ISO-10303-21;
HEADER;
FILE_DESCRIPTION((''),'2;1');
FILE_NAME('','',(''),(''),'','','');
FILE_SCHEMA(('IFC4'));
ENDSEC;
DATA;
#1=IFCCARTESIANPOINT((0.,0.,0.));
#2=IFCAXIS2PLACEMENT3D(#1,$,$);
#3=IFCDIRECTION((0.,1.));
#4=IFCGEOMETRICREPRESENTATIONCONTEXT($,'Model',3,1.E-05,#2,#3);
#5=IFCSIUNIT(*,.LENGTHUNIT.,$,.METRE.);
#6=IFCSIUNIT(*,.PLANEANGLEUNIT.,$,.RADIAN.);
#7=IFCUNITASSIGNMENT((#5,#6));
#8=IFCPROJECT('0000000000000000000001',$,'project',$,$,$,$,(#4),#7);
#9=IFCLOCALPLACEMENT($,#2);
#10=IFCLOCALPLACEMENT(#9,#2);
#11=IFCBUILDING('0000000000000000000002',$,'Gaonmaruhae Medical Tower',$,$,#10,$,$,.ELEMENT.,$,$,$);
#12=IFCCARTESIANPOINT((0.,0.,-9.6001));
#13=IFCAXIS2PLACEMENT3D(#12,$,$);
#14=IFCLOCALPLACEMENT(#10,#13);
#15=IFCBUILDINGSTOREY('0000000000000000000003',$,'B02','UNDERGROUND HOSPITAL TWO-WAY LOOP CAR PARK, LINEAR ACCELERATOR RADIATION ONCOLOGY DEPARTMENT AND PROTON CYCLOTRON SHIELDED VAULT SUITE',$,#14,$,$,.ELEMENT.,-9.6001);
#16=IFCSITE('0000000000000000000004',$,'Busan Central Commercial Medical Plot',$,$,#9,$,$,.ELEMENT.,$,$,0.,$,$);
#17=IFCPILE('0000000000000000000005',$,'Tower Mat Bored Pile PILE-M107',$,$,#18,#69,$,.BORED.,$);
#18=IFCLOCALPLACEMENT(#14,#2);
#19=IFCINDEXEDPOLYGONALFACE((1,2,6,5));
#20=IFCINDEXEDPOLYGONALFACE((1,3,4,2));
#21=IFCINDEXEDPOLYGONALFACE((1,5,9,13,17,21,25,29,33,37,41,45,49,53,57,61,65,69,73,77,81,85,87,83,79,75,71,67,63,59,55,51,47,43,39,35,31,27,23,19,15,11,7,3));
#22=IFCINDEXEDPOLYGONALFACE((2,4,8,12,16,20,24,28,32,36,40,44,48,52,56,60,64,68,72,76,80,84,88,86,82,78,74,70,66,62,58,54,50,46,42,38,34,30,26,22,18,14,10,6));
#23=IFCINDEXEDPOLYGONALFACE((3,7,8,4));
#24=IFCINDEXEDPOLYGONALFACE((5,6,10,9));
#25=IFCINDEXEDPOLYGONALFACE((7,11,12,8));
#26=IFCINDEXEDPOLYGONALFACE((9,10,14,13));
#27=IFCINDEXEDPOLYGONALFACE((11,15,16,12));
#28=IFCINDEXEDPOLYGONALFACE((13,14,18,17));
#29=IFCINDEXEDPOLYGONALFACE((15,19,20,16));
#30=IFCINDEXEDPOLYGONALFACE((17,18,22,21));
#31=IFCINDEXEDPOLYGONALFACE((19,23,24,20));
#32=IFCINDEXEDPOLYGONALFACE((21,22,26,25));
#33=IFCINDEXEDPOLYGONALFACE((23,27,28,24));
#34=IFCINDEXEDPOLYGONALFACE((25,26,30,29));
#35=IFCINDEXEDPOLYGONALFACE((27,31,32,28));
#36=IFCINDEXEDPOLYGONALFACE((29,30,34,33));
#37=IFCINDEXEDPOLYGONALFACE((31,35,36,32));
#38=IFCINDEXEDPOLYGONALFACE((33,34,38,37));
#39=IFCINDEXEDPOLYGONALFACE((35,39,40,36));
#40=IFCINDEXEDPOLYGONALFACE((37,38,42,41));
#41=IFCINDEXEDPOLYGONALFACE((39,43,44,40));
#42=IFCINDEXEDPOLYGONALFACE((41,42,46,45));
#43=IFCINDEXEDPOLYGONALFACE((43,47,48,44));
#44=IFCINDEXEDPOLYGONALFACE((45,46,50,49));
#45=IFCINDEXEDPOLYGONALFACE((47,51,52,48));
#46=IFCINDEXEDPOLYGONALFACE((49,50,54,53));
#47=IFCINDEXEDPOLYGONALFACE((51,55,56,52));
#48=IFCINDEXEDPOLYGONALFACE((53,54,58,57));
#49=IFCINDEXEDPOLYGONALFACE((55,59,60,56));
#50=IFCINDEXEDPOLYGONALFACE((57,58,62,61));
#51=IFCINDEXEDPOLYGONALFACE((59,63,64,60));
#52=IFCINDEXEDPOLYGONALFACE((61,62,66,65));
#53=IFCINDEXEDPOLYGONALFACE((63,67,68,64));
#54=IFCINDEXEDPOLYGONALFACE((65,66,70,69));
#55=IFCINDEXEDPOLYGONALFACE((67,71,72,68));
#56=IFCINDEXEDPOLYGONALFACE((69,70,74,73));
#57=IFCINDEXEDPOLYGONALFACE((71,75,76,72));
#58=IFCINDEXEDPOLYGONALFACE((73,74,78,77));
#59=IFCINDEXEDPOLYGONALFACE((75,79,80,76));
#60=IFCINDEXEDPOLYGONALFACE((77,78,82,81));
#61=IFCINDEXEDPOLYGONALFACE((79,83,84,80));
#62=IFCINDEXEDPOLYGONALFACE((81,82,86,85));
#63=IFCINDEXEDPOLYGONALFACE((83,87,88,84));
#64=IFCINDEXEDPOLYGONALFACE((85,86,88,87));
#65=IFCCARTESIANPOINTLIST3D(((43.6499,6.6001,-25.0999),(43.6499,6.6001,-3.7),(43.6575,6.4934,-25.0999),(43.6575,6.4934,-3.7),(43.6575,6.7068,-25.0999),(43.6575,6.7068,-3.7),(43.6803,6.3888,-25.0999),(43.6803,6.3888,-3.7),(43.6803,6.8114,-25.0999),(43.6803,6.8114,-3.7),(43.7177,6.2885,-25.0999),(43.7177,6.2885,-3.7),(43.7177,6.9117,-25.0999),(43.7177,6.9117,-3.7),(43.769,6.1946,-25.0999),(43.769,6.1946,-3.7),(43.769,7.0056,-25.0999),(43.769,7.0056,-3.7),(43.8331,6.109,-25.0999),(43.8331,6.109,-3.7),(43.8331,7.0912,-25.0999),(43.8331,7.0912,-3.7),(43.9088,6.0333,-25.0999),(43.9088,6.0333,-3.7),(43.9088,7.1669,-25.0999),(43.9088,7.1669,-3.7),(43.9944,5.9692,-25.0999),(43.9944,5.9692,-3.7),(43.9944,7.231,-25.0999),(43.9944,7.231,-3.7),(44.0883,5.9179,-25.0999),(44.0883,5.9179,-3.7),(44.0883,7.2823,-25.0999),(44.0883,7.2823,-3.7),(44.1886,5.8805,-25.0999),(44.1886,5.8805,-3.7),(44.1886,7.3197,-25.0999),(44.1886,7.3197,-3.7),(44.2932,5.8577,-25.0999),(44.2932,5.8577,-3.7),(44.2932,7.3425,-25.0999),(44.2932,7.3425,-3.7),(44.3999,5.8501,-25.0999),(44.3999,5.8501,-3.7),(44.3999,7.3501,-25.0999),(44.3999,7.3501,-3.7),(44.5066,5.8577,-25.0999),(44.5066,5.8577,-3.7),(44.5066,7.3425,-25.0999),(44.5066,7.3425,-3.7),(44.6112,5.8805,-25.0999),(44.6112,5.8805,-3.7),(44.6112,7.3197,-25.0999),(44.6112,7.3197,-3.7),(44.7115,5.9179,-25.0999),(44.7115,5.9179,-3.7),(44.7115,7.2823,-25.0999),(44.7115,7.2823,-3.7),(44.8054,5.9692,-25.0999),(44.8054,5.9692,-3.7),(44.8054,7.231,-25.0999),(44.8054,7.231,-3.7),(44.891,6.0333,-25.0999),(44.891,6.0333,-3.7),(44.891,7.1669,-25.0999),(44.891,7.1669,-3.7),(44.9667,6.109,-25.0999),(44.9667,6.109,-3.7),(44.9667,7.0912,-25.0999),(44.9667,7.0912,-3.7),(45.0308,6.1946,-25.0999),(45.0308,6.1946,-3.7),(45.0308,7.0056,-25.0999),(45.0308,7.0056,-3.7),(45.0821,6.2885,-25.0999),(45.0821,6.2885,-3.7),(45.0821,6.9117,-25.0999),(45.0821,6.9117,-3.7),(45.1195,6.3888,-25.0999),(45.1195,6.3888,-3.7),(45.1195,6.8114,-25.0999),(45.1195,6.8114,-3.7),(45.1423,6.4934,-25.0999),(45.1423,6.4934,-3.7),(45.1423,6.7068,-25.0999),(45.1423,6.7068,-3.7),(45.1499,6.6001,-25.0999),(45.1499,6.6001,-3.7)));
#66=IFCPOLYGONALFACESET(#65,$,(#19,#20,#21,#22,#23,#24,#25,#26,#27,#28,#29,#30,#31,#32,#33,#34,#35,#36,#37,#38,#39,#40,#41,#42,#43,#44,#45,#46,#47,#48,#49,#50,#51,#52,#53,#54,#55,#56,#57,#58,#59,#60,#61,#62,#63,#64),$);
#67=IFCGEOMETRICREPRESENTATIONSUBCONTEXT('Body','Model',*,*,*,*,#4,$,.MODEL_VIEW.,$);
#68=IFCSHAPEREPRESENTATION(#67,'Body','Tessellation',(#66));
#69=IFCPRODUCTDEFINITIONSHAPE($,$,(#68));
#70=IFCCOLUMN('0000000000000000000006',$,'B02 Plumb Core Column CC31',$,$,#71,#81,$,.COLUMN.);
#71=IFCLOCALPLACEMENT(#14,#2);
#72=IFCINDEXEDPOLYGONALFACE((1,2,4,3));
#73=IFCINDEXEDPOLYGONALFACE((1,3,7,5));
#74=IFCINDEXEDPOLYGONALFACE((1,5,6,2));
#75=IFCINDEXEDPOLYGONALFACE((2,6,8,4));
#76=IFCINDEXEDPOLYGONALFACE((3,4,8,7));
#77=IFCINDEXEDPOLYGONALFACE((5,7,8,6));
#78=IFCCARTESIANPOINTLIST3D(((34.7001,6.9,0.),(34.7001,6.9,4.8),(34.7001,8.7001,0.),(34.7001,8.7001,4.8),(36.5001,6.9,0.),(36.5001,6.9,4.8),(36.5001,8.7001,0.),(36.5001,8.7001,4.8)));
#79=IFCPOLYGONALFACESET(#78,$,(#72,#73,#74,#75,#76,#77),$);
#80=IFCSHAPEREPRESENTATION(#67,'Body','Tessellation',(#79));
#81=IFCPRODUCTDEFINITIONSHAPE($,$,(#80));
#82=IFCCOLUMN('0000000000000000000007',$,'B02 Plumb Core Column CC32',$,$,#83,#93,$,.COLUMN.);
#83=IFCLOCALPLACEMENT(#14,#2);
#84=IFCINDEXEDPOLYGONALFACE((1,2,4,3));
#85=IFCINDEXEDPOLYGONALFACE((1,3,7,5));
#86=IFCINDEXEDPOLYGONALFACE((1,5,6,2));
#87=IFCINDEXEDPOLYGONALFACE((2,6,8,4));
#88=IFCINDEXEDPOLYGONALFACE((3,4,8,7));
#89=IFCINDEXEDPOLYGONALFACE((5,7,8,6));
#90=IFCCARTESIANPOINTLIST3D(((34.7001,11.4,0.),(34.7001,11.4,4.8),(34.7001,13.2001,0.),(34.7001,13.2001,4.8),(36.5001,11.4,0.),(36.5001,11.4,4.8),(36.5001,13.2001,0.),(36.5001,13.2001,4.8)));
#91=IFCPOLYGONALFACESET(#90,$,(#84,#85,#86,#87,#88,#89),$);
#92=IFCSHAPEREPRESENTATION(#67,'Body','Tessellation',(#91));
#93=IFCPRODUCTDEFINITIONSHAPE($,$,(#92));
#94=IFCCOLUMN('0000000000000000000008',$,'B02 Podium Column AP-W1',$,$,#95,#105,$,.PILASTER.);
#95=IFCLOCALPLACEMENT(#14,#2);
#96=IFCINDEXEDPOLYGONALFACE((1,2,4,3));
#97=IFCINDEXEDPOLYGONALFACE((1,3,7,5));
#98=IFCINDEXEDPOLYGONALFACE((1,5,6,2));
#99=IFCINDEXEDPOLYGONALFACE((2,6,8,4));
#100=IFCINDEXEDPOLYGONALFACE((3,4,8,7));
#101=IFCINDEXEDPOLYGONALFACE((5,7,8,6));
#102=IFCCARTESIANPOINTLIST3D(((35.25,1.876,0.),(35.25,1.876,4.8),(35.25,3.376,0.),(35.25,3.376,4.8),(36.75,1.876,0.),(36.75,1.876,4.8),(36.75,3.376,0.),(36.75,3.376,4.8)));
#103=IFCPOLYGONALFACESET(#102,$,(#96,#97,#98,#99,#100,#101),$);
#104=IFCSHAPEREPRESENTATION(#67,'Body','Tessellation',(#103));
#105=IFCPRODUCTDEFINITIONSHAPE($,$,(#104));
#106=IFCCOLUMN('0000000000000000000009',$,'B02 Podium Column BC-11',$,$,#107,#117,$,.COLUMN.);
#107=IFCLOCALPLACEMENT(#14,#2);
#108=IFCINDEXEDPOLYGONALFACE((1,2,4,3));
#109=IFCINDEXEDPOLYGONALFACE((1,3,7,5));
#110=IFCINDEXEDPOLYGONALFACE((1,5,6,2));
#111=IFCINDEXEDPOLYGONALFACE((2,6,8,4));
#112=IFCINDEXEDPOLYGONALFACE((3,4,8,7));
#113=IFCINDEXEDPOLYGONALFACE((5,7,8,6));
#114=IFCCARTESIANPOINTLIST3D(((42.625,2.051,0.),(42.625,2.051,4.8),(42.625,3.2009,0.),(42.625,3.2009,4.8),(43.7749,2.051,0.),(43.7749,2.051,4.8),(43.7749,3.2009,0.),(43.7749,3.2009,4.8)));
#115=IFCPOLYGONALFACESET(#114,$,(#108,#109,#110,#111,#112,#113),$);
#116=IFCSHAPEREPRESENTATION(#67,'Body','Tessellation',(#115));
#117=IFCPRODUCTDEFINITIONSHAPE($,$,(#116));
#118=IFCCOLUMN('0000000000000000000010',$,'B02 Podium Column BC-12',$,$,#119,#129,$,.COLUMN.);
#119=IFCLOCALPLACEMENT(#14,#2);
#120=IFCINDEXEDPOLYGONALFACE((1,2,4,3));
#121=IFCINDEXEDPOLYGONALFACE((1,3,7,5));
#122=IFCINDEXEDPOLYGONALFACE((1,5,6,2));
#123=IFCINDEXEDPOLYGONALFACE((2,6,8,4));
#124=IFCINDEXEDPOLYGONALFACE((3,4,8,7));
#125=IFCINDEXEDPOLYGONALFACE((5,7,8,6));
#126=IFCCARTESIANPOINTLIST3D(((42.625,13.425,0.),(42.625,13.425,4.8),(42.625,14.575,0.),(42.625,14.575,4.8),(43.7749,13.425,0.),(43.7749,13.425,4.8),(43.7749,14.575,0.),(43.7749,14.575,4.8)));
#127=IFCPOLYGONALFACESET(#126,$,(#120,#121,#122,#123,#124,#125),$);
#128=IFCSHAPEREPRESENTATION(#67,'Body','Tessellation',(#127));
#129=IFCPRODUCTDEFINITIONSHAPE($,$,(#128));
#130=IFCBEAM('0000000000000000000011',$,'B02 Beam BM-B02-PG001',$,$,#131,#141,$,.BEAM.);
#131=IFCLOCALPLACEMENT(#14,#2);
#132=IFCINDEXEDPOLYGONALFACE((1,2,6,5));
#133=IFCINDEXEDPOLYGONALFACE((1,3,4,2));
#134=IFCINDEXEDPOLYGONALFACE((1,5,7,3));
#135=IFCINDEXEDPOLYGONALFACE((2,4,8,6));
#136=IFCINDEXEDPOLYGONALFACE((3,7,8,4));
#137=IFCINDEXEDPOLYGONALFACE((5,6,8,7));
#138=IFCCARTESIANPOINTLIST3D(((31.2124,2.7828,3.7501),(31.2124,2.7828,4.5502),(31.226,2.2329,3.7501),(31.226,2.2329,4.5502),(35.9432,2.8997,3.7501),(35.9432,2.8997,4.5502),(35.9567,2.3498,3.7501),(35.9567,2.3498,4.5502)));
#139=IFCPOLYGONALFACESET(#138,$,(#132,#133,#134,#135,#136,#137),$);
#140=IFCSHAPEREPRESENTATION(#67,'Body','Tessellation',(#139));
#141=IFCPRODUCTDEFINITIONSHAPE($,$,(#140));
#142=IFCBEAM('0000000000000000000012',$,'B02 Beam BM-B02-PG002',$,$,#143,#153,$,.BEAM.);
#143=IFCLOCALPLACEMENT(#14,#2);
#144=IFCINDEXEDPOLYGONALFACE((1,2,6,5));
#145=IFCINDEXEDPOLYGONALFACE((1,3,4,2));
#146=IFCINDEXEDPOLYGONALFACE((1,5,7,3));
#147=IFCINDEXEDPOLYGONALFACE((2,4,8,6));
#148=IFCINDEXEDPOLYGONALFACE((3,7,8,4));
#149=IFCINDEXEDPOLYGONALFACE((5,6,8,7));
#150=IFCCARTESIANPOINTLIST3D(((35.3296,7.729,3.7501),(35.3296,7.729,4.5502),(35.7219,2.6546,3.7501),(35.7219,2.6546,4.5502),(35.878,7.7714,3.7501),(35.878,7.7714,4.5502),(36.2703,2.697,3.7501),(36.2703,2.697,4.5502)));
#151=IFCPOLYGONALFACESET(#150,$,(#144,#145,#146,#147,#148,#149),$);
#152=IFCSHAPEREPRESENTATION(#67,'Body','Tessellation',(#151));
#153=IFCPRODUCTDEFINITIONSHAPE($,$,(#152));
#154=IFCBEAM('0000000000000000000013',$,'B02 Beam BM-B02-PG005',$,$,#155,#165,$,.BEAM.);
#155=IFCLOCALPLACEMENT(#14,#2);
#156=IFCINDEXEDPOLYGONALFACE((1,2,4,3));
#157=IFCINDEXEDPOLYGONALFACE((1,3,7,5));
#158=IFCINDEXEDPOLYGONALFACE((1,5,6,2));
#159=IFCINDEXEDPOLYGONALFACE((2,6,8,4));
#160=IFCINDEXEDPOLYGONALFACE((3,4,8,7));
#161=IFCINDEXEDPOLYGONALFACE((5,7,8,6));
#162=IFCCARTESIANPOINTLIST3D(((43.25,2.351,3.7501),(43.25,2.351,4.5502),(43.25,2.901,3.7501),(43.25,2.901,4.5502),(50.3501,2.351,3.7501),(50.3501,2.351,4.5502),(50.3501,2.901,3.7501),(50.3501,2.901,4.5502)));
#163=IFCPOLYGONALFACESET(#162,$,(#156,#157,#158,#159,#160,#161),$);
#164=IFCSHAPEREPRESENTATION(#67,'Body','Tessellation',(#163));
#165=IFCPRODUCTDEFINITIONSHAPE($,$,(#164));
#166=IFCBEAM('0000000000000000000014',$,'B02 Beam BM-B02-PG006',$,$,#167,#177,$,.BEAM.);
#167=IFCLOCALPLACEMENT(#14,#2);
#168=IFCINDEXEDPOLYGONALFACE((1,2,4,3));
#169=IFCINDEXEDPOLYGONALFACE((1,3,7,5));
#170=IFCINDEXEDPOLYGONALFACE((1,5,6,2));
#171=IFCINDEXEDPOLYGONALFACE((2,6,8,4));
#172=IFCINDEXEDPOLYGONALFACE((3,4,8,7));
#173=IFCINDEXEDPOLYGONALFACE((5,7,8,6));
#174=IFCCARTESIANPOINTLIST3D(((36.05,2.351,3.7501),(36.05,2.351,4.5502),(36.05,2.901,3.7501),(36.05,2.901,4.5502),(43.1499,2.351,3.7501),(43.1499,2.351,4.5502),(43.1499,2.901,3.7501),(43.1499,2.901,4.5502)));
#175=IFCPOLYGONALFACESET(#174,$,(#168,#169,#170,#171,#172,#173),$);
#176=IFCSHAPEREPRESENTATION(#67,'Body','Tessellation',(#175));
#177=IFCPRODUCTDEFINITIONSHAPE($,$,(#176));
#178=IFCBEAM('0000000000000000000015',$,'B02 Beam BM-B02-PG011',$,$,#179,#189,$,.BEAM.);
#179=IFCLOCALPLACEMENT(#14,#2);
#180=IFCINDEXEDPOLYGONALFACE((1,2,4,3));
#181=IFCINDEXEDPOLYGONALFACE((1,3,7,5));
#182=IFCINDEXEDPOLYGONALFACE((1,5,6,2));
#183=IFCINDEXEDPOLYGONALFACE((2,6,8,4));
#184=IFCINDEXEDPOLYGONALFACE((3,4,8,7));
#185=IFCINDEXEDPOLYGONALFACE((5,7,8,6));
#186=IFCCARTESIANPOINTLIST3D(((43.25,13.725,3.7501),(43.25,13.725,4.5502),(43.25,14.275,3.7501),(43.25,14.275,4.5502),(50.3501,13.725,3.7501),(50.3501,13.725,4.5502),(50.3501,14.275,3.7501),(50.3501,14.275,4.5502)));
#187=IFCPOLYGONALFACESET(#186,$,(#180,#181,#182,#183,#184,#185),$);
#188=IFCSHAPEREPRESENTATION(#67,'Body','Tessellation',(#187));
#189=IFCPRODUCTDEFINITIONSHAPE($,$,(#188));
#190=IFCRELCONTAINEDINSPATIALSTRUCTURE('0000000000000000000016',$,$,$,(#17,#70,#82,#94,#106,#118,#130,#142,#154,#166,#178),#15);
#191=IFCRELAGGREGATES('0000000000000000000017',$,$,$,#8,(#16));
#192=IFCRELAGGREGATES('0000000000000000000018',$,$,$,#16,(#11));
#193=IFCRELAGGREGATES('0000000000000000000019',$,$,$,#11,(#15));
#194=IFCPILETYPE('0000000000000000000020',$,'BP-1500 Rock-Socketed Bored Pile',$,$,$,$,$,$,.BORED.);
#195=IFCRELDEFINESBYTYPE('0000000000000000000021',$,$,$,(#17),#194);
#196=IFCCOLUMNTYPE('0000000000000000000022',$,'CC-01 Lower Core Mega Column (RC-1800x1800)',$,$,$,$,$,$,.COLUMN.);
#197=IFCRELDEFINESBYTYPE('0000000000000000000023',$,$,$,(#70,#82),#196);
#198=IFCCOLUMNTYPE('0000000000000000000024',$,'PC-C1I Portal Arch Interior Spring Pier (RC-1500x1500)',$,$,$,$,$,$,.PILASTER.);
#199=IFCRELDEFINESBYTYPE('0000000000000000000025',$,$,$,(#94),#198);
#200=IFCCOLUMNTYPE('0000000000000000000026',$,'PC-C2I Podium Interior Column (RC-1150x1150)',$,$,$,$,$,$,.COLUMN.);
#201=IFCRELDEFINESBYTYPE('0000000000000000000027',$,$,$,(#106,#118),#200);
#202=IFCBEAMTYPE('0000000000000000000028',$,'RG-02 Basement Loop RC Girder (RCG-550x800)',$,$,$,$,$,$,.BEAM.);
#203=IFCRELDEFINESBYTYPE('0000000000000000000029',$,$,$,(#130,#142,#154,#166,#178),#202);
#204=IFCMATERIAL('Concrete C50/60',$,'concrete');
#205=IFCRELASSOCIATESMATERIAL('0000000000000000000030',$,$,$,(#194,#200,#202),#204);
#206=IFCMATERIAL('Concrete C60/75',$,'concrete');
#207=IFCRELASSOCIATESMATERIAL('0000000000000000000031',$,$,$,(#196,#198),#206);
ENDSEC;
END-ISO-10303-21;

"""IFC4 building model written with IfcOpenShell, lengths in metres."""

from ifc_helpers import new_model, si_unit, direction, frame, origin, origin_2d, place, context, subcontext, project, spatial, rectangle, circle, extrude, material, material_profile, profile_set, type_object, element, save


model = new_model("IFC4")

# Units and contexts
model_context = context("Model", 3, precision=1e-05, world=origin(), true_north=direction((0.0, 1.0)))
body_context = subcontext(model_context, "Body", "Model", "MODEL_VIEW")
ifc_project = project(units=[si_unit("LENGTHUNIT", "METRE"), si_unit("PLANEANGLEUNIT", "RADIAN")], contexts=[model_context])

# Site, building, storey
site_placement = place(None, origin())
site = spatial("IfcSite", under=ifc_project, at=site_placement, Name="Busan Central Commercial Medical Plot", CompositionType="ELEMENT", RefElevation=0.0)
building_placement = place(site_placement, origin())
building = spatial("IfcBuilding", under=site, at=building_placement, Name="Gaonmaruhae Medical Tower", CompositionType="ELEMENT")
storey_placement = place(building_placement, frame((0.0, 0.0, -9.6001)))
storey = spatial("IfcBuildingStorey", under=building, at=storey_placement, Name="B02", Description="UNDERGROUND HOSPITAL TWO-WAY LOOP CAR PARK, LINEAR ACCELERATOR RADIATION ONCOLOGY DEPARTMENT AND PROTON CYCLOTRON SHIELDED VAULT SUITE", CompositionType="ELEMENT", Elevation=-9.6001)

# Pile
ifc_material_1 = material(Name="Concrete C50/60", Category="concrete")
ifc_material_profile_1 = material_profile(ifc_material_1, circle(Radius=0.75, at=origin_2d()), Name="PILE-D1500")
ifc_profile_set_1 = profile_set([ifc_material_profile_1], Name="Concrete C50/60")
pile_type = type_object("IfcPileType", Name="BP-1500 Rock-Socketed Bored Pile", PredefinedType="BORED", material=ifc_profile_set_1)
for number, where, z_axis, x_axis, name in (
    (1, (44.3999, 6.6001, -3.7), (0.0, 0.0, -1.0), (1.0, 0.0, 0.0), "Tower Mat Bored Pile PILE-M107"),
):
    element("IfcPile", number, at=place(storey_placement, frame(where, z_axis=z_axis, x_axis=x_axis)), inside=storey, type_object=pile_type, Name=name, PredefinedType="BORED", context=body_context, shape_type="SweptSolid", body=[
        extrude(circle(Radius=0.75, at=origin_2d()), origin(), (0.0, 0.0, 1.0), 21.3999),
    ])

# Columns
ifc_material_2 = material(Name="Concrete C60/75", Category="concrete")
ifc_material_profile_2 = material_profile(ifc_material_2, rectangle(XDim=1.8, YDim=1.8, at=origin_2d()), Name="RC-1800x1800")
ifc_profile_set_2 = profile_set([ifc_material_profile_2], Name="Concrete C60/75")
column_type_1 = type_object("IfcColumnType", Name="CC-01 Lower Core Mega Column (RC-1800x1800)", PredefinedType="COLUMN", material=ifc_profile_set_2)
for number, where, z_axis, x_axis, name in (
    (2, (35.6001, 7.8, 0.0), (0.0, 0.0, 1.0), (1.0, 0.0, 0.0), "B02 Plumb Core Column CC31"),
    (3, (35.6001, 12.3, 0.0), (0.0, 0.0, 1.0), (1.0, 0.0, 0.0), "B02 Plumb Core Column CC32"),
):
    element("IfcColumn", number, at=place(storey_placement, frame(where, z_axis=z_axis, x_axis=x_axis)), inside=storey, type_object=column_type_1, Name=name, PredefinedType="COLUMN", context=body_context, shape_type="SweptSolid", body=[
        extrude(rectangle(XDim=1.8, YDim=1.8, at=origin_2d()), origin(), (0.0, 0.0, 1.0), 4.8),
    ])
ifc_material_profile_3 = material_profile(ifc_material_2, rectangle(XDim=1.5, YDim=1.5, at=origin_2d()), Name="RC-1500x1500")
ifc_profile_set_3 = profile_set([ifc_material_profile_3], Name="Concrete C60/75")
column_type_2 = type_object("IfcColumnType", Name="PC-C1I Portal Arch Interior Spring Pier (RC-1500x1500)", PredefinedType="PILASTER", material=ifc_profile_set_3)
column_placement = place(storey_placement, frame((36.0, 2.626, 0.0), z_axis=(0.0, 0.0, 1.0), x_axis=(1.0, 0.0, 0.0)))
element("IfcColumn", 4, at=column_placement, inside=storey, type_object=column_type_2, Name="B02 Podium Column AP-W1", PredefinedType="PILASTER", context=body_context, shape_type="SweptSolid", body=[
    extrude(rectangle(XDim=1.5, YDim=1.5, at=origin_2d()), origin(), (0.0, 0.0, 1.0), 4.8),
])
ifc_material_profile_4 = material_profile(ifc_material_1, rectangle(XDim=1.1499, YDim=1.1499, at=origin_2d()), Name="RC-1150x1150")
ifc_profile_set_4 = profile_set([ifc_material_profile_4], Name="Concrete C50/60")
column_type_3 = type_object("IfcColumnType", Name="PC-C2I Podium Interior Column (RC-1150x1150)", PredefinedType="COLUMN", material=ifc_profile_set_4)
for number, where, z_axis, x_axis, name in (
    (5, (43.2, 2.626, 0.0), (0.0, 0.0, 1.0), (1.0, 0.0, 0.0), "B02 Podium Column BC-11"),
    (6, (43.2, 14.0, 0.0), (0.0, 0.0, 1.0), (1.0, 0.0, 0.0), "B02 Podium Column BC-12"),
):
    element("IfcColumn", number, at=place(storey_placement, frame(where, z_axis=z_axis, x_axis=x_axis)), inside=storey, type_object=column_type_3, Name=name, PredefinedType="COLUMN", context=body_context, shape_type="SweptSolid", body=[
        extrude(rectangle(XDim=1.1499, YDim=1.1499, at=origin_2d()), origin(), (0.0, 0.0, 1.0), 4.8),
    ])

# Beams
ifc_material_profile_5 = material_profile(ifc_material_1, rectangle(XDim=0.55, YDim=0.8, at=origin_2d()), Name="RCG-550x800")
ifc_profile_set_5 = profile_set([ifc_material_profile_5], Name="Concrete C50/60")
beam_type = type_object("IfcBeamType", Name="RG-02 Basement Loop RC Girder (RCG-550x800)", PredefinedType="BEAM", material=ifc_profile_set_5)
beam_1_placement = place(storey_placement, frame((35.95, 2.6248, 4.1501), z_axis=(-0.999695, -0.024712, 0.0), x_axis=(0.024712, -0.999695, 0.0)))
element("IfcBeam", 7, at=beam_1_placement, inside=storey, type_object=beam_type, Name="B02 Beam BM-B02-PG001", PredefinedType="BEAM", context=body_context, shape_type="SweptSolid", body=[
    extrude(rectangle(XDim=0.55, YDim=0.8, at=origin_2d()), origin(), (0.0, 0.0, 1.0), 4.7322),
])
beam_2_placement = place(storey_placement, frame((35.9961, 2.6758, 4.1501), z_axis=(-0.077085, 0.997024, 0.0), x_axis=(-0.997024, -0.077085, 0.0)))
element("IfcBeam", 8, at=beam_2_placement, inside=storey, type_object=beam_type, Name="B02 Beam BM-B02-PG002", PredefinedType="BEAM", context=body_context, shape_type="SweptSolid", body=[
    extrude(rectangle(XDim=0.55, YDim=0.8, at=origin_2d()), origin(), (0.0, 0.0, 1.0), 5.0896),
])
beam_3_placement = place(storey_placement, frame((43.25, 2.626, 4.1501), z_axis=(1.0, 0.0, 0.0), x_axis=(0.0, 1.0, 0.0)))
element("IfcBeam", 9, at=beam_3_placement, inside=storey, type_object=beam_type, Name="B02 Beam BM-B02-PG005", PredefinedType="BEAM", context=body_context, shape_type="SweptSolid", body=[
    extrude(rectangle(XDim=0.55, YDim=0.8, at=origin_2d()), origin(), (0.0, 0.0, 1.0), 7.1001),
])
beam_4_placement = place(storey_placement, frame((43.1499, 2.626, 4.1501), z_axis=(-1.0, 0.0, 0.0), x_axis=(0.0, -1.0, 0.0)))
element("IfcBeam", 10, at=beam_4_placement, inside=storey, type_object=beam_type, Name="B02 Beam BM-B02-PG006", PredefinedType="BEAM", context=body_context, shape_type="SweptSolid", body=[
    extrude(rectangle(XDim=0.55, YDim=0.8, at=origin_2d()), origin(), (0.0, 0.0, 1.0), 7.0999),
])
beam_5_placement = place(storey_placement, frame((43.25, 14.0, 4.1501), z_axis=(1.0, 0.0, 0.0), x_axis=(0.0, 1.0, 0.0)))
element("IfcBeam", 11, at=beam_5_placement, inside=storey, type_object=beam_type, Name="B02 Beam BM-B02-PG011", PredefinedType="BEAM", context=body_context, shape_type="SweptSolid", body=[
    extrude(rectangle(XDim=0.55, YDim=0.8, at=origin_2d()), origin(), (0.0, 0.0, 1.0), 7.1001),
])

save(model, "model.ifc")
